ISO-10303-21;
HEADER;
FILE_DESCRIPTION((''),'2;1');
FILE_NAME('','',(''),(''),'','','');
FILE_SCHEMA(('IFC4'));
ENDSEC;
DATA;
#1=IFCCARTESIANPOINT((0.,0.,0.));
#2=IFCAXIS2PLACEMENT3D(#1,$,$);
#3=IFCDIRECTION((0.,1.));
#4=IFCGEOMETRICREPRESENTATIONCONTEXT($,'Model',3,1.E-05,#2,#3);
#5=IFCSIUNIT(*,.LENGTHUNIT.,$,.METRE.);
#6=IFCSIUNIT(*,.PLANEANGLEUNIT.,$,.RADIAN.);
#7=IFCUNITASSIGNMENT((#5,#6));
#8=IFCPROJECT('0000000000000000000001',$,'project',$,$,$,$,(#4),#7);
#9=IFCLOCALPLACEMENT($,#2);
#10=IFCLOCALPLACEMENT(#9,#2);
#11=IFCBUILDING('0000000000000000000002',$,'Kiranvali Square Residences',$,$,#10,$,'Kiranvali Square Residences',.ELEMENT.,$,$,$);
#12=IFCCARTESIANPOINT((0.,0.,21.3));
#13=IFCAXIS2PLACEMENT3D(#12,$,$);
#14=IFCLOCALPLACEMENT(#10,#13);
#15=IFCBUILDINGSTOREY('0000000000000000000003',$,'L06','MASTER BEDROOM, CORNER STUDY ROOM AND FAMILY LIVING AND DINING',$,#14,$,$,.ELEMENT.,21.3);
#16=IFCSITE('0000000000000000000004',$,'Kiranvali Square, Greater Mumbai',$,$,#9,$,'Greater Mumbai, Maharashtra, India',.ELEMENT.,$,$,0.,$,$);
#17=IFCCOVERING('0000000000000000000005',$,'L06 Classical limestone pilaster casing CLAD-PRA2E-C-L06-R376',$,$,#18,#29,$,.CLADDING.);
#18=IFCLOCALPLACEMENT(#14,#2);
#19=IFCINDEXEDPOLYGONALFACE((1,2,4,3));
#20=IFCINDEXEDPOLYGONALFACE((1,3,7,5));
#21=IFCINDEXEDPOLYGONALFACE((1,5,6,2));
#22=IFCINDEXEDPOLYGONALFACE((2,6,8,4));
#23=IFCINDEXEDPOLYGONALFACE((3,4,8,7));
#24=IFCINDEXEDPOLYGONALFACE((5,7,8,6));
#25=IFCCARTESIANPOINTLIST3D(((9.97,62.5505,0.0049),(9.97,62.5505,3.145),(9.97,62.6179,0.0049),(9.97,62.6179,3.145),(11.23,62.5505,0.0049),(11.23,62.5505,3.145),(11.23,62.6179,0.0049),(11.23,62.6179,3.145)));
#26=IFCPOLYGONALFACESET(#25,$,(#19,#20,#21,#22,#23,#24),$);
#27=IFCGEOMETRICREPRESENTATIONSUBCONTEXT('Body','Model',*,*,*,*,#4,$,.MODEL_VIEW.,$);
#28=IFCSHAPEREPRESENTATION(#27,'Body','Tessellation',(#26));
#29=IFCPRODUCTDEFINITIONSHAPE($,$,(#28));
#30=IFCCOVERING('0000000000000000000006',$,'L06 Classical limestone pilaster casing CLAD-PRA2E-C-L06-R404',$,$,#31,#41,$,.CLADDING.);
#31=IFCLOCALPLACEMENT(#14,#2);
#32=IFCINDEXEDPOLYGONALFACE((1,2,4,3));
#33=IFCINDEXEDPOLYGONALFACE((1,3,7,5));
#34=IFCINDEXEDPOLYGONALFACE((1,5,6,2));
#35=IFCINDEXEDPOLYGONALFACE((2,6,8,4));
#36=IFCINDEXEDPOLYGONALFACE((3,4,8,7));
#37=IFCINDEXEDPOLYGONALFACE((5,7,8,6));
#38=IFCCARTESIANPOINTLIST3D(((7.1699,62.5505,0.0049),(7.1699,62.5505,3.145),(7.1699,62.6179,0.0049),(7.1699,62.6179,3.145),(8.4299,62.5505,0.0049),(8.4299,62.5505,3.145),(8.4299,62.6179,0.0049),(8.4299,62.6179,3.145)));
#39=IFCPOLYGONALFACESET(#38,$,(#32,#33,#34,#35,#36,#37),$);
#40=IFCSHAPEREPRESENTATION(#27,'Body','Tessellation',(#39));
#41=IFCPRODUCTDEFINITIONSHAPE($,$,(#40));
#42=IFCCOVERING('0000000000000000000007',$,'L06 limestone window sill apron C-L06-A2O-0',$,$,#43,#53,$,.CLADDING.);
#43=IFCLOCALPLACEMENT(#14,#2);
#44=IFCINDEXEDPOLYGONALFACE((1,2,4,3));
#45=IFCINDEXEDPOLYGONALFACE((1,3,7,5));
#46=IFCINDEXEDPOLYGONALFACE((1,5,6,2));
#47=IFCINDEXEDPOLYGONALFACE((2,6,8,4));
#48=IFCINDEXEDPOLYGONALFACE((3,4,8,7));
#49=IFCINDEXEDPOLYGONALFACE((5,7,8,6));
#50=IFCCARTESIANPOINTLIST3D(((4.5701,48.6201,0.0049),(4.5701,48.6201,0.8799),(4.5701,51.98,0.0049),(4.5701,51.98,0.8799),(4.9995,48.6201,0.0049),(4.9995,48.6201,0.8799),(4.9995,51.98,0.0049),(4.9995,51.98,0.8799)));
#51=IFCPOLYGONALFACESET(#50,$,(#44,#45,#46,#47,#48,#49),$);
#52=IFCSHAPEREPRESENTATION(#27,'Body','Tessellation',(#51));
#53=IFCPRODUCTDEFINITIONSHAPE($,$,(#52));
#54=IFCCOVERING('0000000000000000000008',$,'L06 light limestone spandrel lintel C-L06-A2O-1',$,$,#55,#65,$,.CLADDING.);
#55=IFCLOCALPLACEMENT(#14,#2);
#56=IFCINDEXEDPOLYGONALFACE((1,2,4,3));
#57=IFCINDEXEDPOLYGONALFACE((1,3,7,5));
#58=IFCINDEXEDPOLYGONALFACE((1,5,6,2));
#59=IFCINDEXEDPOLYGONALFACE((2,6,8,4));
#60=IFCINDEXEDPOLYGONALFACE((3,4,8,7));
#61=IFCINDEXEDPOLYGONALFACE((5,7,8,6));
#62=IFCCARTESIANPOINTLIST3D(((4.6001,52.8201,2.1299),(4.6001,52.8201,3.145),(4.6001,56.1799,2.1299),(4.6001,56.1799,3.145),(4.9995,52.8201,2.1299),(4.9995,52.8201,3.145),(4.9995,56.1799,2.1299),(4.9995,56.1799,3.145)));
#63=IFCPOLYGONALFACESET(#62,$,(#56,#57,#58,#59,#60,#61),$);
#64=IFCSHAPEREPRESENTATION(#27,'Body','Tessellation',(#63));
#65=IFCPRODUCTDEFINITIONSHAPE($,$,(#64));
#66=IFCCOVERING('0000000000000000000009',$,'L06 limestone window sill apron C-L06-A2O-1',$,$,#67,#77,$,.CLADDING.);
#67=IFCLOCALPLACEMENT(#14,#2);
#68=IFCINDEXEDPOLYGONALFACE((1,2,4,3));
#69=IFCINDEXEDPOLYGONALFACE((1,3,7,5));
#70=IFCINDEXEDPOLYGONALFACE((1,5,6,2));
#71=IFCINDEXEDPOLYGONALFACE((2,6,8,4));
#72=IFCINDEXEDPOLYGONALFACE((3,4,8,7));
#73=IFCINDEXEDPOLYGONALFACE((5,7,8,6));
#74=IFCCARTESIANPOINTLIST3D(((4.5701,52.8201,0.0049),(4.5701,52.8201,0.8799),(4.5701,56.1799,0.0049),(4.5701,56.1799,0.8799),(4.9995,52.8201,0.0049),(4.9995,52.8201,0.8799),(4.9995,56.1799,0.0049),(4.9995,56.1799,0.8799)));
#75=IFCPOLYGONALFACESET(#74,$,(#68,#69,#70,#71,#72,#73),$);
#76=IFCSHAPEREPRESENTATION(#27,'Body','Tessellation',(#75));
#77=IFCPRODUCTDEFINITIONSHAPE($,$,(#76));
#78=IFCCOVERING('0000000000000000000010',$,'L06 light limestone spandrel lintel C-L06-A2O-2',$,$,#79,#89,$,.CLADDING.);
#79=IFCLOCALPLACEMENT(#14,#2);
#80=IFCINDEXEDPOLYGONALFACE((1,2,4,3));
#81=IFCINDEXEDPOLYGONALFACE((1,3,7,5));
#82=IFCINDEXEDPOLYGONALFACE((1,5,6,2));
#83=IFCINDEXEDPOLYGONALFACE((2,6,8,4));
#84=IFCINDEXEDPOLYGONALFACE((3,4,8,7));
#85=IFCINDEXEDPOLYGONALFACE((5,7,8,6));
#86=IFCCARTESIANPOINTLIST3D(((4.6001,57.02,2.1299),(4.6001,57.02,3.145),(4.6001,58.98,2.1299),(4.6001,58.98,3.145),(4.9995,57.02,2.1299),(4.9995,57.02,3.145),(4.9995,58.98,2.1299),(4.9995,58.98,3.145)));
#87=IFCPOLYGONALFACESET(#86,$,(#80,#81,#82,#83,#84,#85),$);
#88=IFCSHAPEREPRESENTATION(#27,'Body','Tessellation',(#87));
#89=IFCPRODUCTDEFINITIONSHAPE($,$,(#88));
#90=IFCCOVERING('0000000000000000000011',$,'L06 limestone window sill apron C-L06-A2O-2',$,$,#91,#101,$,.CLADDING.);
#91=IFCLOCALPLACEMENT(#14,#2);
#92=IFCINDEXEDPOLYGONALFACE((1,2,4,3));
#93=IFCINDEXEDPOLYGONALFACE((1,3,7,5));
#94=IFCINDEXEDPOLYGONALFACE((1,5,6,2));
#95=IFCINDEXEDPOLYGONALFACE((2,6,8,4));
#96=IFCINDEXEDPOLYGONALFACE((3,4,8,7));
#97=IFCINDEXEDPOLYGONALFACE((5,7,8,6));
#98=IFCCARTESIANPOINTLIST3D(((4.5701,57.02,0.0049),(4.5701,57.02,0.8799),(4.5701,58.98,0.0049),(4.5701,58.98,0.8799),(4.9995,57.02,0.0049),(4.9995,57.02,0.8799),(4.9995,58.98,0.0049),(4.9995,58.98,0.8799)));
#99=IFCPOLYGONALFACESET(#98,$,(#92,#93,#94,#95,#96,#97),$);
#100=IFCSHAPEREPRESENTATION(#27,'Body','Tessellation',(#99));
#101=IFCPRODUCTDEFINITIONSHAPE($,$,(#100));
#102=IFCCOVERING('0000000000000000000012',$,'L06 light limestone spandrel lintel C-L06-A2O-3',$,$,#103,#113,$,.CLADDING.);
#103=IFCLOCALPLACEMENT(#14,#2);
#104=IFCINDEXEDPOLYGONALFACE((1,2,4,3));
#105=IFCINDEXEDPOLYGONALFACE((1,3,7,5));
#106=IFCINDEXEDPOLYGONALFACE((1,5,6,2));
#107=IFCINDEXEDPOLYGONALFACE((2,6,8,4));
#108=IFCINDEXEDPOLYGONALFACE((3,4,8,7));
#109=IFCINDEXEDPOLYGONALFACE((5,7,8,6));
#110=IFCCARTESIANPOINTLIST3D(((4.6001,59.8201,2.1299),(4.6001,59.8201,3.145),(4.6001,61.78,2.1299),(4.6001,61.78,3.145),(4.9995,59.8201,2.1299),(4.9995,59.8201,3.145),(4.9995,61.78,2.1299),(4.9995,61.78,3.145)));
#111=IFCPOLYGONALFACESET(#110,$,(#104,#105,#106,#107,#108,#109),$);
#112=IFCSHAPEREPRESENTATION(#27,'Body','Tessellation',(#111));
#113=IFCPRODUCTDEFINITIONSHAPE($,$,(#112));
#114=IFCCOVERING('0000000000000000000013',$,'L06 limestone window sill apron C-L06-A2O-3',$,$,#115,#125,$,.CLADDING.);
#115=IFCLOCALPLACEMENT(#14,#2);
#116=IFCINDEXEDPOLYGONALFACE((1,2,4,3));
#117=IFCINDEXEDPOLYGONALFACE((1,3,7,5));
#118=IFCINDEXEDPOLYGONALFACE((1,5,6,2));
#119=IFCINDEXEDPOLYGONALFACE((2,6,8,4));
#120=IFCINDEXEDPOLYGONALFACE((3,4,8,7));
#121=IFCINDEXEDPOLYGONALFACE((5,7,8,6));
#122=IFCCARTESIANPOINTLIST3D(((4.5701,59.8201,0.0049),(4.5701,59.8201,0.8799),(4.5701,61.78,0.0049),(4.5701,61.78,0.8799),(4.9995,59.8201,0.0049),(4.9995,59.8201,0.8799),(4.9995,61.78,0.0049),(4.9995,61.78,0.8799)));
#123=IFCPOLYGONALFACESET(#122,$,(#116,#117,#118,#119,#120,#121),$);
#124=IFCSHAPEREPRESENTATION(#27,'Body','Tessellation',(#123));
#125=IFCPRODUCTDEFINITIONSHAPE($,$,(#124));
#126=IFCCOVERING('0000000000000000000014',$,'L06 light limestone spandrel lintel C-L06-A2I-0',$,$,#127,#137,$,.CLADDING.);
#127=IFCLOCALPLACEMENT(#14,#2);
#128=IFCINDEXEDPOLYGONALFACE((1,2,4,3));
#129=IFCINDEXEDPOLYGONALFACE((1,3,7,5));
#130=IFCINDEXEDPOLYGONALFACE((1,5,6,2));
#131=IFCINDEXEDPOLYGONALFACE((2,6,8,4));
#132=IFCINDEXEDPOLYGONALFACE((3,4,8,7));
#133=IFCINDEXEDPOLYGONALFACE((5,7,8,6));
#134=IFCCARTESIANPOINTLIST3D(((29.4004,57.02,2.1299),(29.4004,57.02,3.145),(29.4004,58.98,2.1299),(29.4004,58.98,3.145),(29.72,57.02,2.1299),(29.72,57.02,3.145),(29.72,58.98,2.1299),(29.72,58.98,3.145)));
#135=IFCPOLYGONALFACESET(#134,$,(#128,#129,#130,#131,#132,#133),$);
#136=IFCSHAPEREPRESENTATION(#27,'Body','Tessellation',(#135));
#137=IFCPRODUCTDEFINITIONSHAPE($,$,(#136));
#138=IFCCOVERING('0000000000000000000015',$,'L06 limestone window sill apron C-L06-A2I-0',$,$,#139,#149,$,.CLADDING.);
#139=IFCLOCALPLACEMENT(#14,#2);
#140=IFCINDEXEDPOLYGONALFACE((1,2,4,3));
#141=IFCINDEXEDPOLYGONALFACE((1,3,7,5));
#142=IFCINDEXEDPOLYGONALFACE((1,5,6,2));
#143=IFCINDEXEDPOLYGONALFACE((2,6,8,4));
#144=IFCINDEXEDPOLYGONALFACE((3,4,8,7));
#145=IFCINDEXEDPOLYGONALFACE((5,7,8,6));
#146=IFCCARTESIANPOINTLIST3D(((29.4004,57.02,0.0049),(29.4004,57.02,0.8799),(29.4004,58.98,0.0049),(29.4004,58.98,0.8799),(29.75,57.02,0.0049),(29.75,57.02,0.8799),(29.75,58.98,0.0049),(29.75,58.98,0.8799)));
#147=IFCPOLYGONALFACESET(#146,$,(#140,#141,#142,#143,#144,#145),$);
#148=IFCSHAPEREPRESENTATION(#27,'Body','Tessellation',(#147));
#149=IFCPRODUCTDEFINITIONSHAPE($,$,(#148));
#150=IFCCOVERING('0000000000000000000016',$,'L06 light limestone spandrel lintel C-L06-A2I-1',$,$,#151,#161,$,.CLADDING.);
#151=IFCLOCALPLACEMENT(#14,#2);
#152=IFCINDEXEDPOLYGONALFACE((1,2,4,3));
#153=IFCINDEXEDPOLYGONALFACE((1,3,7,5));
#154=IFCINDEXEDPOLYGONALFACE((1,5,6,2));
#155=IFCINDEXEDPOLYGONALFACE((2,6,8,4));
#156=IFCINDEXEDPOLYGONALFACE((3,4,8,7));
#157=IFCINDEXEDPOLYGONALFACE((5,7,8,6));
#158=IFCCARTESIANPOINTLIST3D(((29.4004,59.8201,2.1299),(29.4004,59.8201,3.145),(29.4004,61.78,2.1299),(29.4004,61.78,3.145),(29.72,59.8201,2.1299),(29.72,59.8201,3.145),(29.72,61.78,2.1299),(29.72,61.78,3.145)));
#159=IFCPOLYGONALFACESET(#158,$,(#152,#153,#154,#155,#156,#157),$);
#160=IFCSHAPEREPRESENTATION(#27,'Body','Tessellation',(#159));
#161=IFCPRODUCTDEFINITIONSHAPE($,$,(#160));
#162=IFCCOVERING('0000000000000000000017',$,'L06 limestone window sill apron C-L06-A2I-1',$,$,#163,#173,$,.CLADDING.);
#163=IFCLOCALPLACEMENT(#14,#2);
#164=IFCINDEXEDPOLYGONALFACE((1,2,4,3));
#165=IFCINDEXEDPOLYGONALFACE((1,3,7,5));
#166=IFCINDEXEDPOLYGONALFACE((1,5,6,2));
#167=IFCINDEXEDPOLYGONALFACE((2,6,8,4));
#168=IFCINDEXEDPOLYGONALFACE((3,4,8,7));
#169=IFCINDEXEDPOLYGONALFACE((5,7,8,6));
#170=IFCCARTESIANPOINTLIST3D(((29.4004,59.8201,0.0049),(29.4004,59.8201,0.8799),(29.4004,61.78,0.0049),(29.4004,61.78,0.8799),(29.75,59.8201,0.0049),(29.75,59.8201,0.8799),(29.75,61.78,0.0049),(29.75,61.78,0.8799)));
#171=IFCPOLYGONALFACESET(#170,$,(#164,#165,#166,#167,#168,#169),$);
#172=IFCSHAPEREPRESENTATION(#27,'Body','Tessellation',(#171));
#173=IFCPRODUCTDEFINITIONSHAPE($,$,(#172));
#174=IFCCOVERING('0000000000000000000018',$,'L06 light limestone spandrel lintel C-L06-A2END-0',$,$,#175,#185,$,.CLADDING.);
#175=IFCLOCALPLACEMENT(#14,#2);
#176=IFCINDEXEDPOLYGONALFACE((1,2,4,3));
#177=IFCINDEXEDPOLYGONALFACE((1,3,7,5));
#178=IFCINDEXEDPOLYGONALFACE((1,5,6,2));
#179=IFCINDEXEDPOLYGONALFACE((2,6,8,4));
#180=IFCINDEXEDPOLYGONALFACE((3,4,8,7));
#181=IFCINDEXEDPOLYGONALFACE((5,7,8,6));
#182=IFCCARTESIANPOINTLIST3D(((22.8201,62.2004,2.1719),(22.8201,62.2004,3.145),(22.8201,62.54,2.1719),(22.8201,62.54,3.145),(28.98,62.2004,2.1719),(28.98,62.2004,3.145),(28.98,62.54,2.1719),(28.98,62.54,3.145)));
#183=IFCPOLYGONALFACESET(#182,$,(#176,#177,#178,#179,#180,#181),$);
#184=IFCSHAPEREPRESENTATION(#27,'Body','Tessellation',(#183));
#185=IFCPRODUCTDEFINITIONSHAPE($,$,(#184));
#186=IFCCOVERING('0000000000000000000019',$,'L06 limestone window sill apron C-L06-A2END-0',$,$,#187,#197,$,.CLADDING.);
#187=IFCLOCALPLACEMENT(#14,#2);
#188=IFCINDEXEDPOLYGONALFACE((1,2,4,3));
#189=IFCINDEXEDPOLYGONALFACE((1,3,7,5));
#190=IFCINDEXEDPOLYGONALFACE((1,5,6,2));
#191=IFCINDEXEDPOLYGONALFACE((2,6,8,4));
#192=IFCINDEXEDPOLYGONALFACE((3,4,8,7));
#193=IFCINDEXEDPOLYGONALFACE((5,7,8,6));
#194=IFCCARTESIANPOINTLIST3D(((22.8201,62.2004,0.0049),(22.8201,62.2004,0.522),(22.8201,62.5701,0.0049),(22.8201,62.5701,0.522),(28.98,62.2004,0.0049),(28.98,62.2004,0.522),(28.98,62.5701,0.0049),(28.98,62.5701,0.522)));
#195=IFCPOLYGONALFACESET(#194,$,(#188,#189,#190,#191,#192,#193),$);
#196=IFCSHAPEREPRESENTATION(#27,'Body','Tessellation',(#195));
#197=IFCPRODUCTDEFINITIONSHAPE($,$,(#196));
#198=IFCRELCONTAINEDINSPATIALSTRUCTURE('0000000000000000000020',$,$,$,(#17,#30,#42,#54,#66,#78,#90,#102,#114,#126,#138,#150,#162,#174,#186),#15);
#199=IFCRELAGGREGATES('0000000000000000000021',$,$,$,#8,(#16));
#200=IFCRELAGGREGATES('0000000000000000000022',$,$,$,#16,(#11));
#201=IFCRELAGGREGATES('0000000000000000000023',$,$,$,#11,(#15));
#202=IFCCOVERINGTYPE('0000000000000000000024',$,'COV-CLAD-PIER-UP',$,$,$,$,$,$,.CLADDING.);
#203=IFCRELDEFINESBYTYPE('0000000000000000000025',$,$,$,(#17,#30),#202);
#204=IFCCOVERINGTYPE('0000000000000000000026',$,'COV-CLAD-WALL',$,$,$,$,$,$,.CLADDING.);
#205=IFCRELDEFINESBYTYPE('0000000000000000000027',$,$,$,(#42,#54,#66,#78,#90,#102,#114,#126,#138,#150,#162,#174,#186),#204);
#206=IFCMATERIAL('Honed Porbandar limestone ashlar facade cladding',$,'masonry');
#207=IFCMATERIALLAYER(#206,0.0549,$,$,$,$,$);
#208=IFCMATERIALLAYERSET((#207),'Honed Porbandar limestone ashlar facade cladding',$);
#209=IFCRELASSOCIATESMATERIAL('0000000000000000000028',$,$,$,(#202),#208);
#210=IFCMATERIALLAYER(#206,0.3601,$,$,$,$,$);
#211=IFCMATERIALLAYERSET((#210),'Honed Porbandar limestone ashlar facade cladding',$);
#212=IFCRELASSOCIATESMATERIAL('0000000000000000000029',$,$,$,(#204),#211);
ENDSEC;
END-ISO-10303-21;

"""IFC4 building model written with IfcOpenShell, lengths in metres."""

from ifc_helpers import new_model, si_unit, direction, frame, origin, place, context, subcontext, project, spatial, polyline, outline, extrude, material, layer, layer_set, type_object, element, save


model = new_model("IFC4")

# Units and contexts
model_context = context("Model", 3, precision=1e-05, world=origin(), true_north=direction((0.0, 1.0)))
body_context = subcontext(model_context, "Body", "Model", "MODEL_VIEW")
ifc_project = project(units=[si_unit("LENGTHUNIT", "METRE"), si_unit("PLANEANGLEUNIT", "RADIAN")], contexts=[model_context])

# Site, building, storey
site_placement = place(None, origin())
site = spatial("IfcSite", under=ifc_project, at=site_placement, Name="Kiranvali Square, Greater Mumbai", LongName="Greater Mumbai, Maharashtra, India", CompositionType="ELEMENT", RefElevation=0.0)
building_placement = place(site_placement, origin())
building = spatial("IfcBuilding", under=site, at=building_placement, Name="Kiranvali Square Residences", LongName="Kiranvali Square Residences", CompositionType="ELEMENT")
storey_placement = place(building_placement, frame((0.0, 0.0, 21.3)))
storey = spatial("IfcBuildingStorey", under=building, at=storey_placement, Name="L06", Description="MASTER BEDROOM, CORNER STUDY ROOM AND FAMILY LIVING AND DINING", CompositionType="ELEMENT", Elevation=21.3)

# Coverings
ifc_material_1 = material(Name="Honed Porbandar limestone ashlar facade cladding", Category="masonry")
ifc_layer_1 = layer(ifc_material_1, 0.0549)
ifc_layer_set_1 = layer_set([ifc_layer_1], Name="Honed Porbandar limestone ashlar facade cladding")
covering_type_1 = type_object("IfcCoveringType", Name="COV-CLAD-PIER-UP", PredefinedType="CLADDING", material=ifc_layer_set_1)
covering_1_placement = place(storey_placement, frame((0.0, 0.0, 0.0049)))
element("IfcCovering", 1, at=covering_1_placement, inside=storey, type_object=covering_type_1, Name="L06 Classical limestone pilaster casing CLAD-PRA2E-C-L06-R376", PredefinedType="CLADDING", context=body_context, shape_type="SweptSolid", body=[
    extrude(outline(polyline([(11.23, 62.6179), (9.97, 62.6179), (9.97, 62.5505), (11.23, 62.5505), (11.23, 62.6179)])), origin(), (0.0, 0.0, 1.0), 3.1401),
])
covering_2_placement = place(storey_placement, frame((0.0, 0.0, 0.0049)))
element("IfcCovering", 2, at=covering_2_placement, inside=storey, type_object=covering_type_1, Name="L06 Classical limestone pilaster casing CLAD-PRA2E-C-L06-R404", PredefinedType="CLADDING", context=body_context, shape_type="SweptSolid", body=[
    extrude(outline(polyline([(8.4299, 62.6179), (7.1699, 62.6179), (7.1699, 62.5505), (8.4299, 62.5505), (8.4299, 62.6179)])), origin(), (0.0, 0.0, 1.0), 3.1401),
])
ifc_layer_2 = layer(ifc_material_1, 0.3601)
ifc_layer_set_2 = layer_set([ifc_layer_2], Name="Honed Porbandar limestone ashlar facade cladding")
covering_type_2 = type_object("IfcCoveringType", Name="COV-CLAD-WALL", PredefinedType="CLADDING", material=ifc_layer_set_2)
covering_3_placement = place(storey_placement, frame((0.0, 0.0, 0.0049)))
element("IfcCovering", 3, at=covering_3_placement, inside=storey, type_object=covering_type_2, Name="L06 limestone window sill apron C-L06-A2O-0", PredefinedType="CLADDING", context=body_context, shape_type="SweptSolid", body=[
    extrude(outline(polyline([(4.9995, 48.6201), (4.9995, 51.98), (4.5701, 51.98), (4.5701, 48.6201), (4.9995, 48.6201)])), origin(), (0.0, 0.0, 1.0), 0.875),
])
covering_4_placement = place(storey_placement, frame((0.0, 0.0, 2.1299)))
element("IfcCovering", 4, at=covering_4_placement, inside=storey, type_object=covering_type_2, Name="L06 light limestone spandrel lintel C-L06-A2O-1", PredefinedType="CLADDING", context=body_context, shape_type="SweptSolid", body=[
    extrude(outline(polyline([(4.9995, 52.8201), (4.9995, 56.1799), (4.6001, 56.1799), (4.6001, 52.8201), (4.9995, 52.8201)])), origin(), (0.0, 0.0, 1.0), 1.0151),
])
covering_5_placement = place(storey_placement, frame((0.0, 0.0, 0.0049)))
element("IfcCovering", 5, at=covering_5_placement, inside=storey, type_object=covering_type_2, Name="L06 limestone window sill apron C-L06-A2O-1", PredefinedType="CLADDING", context=body_context, shape_type="SweptSolid", body=[
    extrude(outline(polyline([(4.9995, 52.8201), (4.9995, 56.1799), (4.5701, 56.1799), (4.5701, 52.8201), (4.9995, 52.8201)])), origin(), (0.0, 0.0, 1.0), 0.875),
])
covering_6_placement = place(storey_placement, frame((0.0, 0.0, 2.1299)))
element("IfcCovering", 6, at=covering_6_placement, inside=storey, type_object=covering_type_2, Name="L06 light limestone spandrel lintel C-L06-A2O-2", PredefinedType="CLADDING", context=body_context, shape_type="SweptSolid", body=[
    extrude(outline(polyline([(4.9995, 57.02), (4.9995, 58.98), (4.6001, 58.98), (4.6001, 57.02), (4.9995, 57.02)])), origin(), (0.0, 0.0, 1.0), 1.0151),
])
covering_7_placement = place(storey_placement, frame((0.0, 0.0, 0.0049)))
element("IfcCovering", 7, at=covering_7_placement, inside=storey, type_object=covering_type_2, Name="L06 limestone window sill apron C-L06-A2O-2", PredefinedType="CLADDING", context=body_context, shape_type="SweptSolid", body=[
    extrude(outline(polyline([(4.9995, 57.02), (4.9995, 58.98), (4.5701, 58.98), (4.5701, 57.02), (4.9995, 57.02)])), origin(), (0.0, 0.0, 1.0), 0.875),
])
covering_8_placement = place(storey_placement, frame((0.0, 0.0, 2.1299)))
element("IfcCovering", 8, at=covering_8_placement, inside=storey, type_object=covering_type_2, Name="L06 light limestone spandrel lintel C-L06-A2O-3", PredefinedType="CLADDING", context=body_context, shape_type="SweptSolid", body=[
    extrude(outline(polyline([(4.9995, 59.8201), (4.9995, 61.78), (4.6001, 61.78), (4.6001, 59.8201), (4.9995, 59.8201)])), origin(), (0.0, 0.0, 1.0), 1.0151),
])
covering_9_placement = place(storey_placement, frame((0.0, 0.0, 0.0049)))
element("IfcCovering", 9, at=covering_9_placement, inside=storey, type_object=covering_type_2, Name="L06 limestone window sill apron C-L06-A2O-3", PredefinedType="CLADDING", context=body_context, shape_type="SweptSolid", body=[
    extrude(outline(polyline([(4.9995, 59.8201), (4.9995, 61.78), (4.5701, 61.78), (4.5701, 59.8201), (4.9995, 59.8201)])), origin(), (0.0, 0.0, 1.0), 0.875),
])
covering_10_placement = place(storey_placement, frame((0.0, 0.0, 2.1299)))
element("IfcCovering", 10, at=covering_10_placement, inside=storey, type_object=covering_type_2, Name="L06 light limestone spandrel lintel C-L06-A2I-0", PredefinedType="CLADDING", context=body_context, shape_type="SweptSolid", body=[
    extrude(outline(polyline([(29.72, 57.02), (29.72, 58.98), (29.4004, 58.98), (29.4004, 57.02), (29.72, 57.02)])), origin(), (0.0, 0.0, 1.0), 1.0151),
])
covering_11_placement = place(storey_placement, frame((0.0, 0.0, 0.0049)))
element("IfcCovering", 11, at=covering_11_placement, inside=storey, type_object=covering_type_2, Name="L06 limestone window sill apron C-L06-A2I-0", PredefinedType="CLADDING", context=body_context, shape_type="SweptSolid", body=[
    extrude(outline(polyline([(29.75, 57.02), (29.75, 58.98), (29.4004, 58.98), (29.4004, 57.02), (29.75, 57.02)])), origin(), (0.0, 0.0, 1.0), 0.875),
])
covering_12_placement = place(storey_placement, frame((0.0, 0.0, 2.1299)))
element("IfcCovering", 12, at=covering_12_placement, inside=storey, type_object=covering_type_2, Name="L06 light limestone spandrel lintel C-L06-A2I-1", PredefinedType="CLADDING", context=body_context, shape_type="SweptSolid", body=[
    extrude(outline(polyline([(29.72, 59.8201), (29.72, 61.78), (29.4004, 61.78), (29.4004, 59.8201), (29.72, 59.8201)])), origin(), (0.0, 0.0, 1.0), 1.0151),
])
covering_13_placement = place(storey_placement, frame((0.0, 0.0, 0.0049)))
element("IfcCovering", 13, at=covering_13_placement, inside=storey, type_object=covering_type_2, Name="L06 limestone window sill apron C-L06-A2I-1", PredefinedType="CLADDING", context=body_context, shape_type="SweptSolid", body=[
    extrude(outline(polyline([(29.75, 59.8201), (29.75, 61.78), (29.4004, 61.78), (29.4004, 59.8201), (29.75, 59.8201)])), origin(), (0.0, 0.0, 1.0), 0.875),
])
covering_14_placement = place(storey_placement, frame((0.0, 0.0, 2.1719)))
element("IfcCovering", 14, at=covering_14_placement, inside=storey, type_object=covering_type_2, Name="L06 light limestone spandrel lintel C-L06-A2END-0", PredefinedType="CLADDING", context=body_context, shape_type="SweptSolid", body=[
    extrude(outline(polyline([(28.98, 62.54), (22.8201, 62.54), (22.8201, 62.2004), (28.98, 62.2004), (28.98, 62.54)])), origin(), (0.0, 0.0, 1.0), 0.9731),
])
covering_15_placement = place(storey_placement, frame((0.0, 0.0, 0.0049)))
element("IfcCovering", 15, at=covering_15_placement, inside=storey, type_object=covering_type_2, Name="L06 limestone window sill apron C-L06-A2END-0", PredefinedType="CLADDING", context=body_context, shape_type="SweptSolid", body=[
    extrude(outline(polyline([(28.98, 62.5701), (22.8201, 62.5701), (22.8201, 62.2004), (28.98, 62.2004), (28.98, 62.5701)])), origin(), (0.0, 0.0, 1.0), 0.5171),
])

save(model, "model.ifc")
